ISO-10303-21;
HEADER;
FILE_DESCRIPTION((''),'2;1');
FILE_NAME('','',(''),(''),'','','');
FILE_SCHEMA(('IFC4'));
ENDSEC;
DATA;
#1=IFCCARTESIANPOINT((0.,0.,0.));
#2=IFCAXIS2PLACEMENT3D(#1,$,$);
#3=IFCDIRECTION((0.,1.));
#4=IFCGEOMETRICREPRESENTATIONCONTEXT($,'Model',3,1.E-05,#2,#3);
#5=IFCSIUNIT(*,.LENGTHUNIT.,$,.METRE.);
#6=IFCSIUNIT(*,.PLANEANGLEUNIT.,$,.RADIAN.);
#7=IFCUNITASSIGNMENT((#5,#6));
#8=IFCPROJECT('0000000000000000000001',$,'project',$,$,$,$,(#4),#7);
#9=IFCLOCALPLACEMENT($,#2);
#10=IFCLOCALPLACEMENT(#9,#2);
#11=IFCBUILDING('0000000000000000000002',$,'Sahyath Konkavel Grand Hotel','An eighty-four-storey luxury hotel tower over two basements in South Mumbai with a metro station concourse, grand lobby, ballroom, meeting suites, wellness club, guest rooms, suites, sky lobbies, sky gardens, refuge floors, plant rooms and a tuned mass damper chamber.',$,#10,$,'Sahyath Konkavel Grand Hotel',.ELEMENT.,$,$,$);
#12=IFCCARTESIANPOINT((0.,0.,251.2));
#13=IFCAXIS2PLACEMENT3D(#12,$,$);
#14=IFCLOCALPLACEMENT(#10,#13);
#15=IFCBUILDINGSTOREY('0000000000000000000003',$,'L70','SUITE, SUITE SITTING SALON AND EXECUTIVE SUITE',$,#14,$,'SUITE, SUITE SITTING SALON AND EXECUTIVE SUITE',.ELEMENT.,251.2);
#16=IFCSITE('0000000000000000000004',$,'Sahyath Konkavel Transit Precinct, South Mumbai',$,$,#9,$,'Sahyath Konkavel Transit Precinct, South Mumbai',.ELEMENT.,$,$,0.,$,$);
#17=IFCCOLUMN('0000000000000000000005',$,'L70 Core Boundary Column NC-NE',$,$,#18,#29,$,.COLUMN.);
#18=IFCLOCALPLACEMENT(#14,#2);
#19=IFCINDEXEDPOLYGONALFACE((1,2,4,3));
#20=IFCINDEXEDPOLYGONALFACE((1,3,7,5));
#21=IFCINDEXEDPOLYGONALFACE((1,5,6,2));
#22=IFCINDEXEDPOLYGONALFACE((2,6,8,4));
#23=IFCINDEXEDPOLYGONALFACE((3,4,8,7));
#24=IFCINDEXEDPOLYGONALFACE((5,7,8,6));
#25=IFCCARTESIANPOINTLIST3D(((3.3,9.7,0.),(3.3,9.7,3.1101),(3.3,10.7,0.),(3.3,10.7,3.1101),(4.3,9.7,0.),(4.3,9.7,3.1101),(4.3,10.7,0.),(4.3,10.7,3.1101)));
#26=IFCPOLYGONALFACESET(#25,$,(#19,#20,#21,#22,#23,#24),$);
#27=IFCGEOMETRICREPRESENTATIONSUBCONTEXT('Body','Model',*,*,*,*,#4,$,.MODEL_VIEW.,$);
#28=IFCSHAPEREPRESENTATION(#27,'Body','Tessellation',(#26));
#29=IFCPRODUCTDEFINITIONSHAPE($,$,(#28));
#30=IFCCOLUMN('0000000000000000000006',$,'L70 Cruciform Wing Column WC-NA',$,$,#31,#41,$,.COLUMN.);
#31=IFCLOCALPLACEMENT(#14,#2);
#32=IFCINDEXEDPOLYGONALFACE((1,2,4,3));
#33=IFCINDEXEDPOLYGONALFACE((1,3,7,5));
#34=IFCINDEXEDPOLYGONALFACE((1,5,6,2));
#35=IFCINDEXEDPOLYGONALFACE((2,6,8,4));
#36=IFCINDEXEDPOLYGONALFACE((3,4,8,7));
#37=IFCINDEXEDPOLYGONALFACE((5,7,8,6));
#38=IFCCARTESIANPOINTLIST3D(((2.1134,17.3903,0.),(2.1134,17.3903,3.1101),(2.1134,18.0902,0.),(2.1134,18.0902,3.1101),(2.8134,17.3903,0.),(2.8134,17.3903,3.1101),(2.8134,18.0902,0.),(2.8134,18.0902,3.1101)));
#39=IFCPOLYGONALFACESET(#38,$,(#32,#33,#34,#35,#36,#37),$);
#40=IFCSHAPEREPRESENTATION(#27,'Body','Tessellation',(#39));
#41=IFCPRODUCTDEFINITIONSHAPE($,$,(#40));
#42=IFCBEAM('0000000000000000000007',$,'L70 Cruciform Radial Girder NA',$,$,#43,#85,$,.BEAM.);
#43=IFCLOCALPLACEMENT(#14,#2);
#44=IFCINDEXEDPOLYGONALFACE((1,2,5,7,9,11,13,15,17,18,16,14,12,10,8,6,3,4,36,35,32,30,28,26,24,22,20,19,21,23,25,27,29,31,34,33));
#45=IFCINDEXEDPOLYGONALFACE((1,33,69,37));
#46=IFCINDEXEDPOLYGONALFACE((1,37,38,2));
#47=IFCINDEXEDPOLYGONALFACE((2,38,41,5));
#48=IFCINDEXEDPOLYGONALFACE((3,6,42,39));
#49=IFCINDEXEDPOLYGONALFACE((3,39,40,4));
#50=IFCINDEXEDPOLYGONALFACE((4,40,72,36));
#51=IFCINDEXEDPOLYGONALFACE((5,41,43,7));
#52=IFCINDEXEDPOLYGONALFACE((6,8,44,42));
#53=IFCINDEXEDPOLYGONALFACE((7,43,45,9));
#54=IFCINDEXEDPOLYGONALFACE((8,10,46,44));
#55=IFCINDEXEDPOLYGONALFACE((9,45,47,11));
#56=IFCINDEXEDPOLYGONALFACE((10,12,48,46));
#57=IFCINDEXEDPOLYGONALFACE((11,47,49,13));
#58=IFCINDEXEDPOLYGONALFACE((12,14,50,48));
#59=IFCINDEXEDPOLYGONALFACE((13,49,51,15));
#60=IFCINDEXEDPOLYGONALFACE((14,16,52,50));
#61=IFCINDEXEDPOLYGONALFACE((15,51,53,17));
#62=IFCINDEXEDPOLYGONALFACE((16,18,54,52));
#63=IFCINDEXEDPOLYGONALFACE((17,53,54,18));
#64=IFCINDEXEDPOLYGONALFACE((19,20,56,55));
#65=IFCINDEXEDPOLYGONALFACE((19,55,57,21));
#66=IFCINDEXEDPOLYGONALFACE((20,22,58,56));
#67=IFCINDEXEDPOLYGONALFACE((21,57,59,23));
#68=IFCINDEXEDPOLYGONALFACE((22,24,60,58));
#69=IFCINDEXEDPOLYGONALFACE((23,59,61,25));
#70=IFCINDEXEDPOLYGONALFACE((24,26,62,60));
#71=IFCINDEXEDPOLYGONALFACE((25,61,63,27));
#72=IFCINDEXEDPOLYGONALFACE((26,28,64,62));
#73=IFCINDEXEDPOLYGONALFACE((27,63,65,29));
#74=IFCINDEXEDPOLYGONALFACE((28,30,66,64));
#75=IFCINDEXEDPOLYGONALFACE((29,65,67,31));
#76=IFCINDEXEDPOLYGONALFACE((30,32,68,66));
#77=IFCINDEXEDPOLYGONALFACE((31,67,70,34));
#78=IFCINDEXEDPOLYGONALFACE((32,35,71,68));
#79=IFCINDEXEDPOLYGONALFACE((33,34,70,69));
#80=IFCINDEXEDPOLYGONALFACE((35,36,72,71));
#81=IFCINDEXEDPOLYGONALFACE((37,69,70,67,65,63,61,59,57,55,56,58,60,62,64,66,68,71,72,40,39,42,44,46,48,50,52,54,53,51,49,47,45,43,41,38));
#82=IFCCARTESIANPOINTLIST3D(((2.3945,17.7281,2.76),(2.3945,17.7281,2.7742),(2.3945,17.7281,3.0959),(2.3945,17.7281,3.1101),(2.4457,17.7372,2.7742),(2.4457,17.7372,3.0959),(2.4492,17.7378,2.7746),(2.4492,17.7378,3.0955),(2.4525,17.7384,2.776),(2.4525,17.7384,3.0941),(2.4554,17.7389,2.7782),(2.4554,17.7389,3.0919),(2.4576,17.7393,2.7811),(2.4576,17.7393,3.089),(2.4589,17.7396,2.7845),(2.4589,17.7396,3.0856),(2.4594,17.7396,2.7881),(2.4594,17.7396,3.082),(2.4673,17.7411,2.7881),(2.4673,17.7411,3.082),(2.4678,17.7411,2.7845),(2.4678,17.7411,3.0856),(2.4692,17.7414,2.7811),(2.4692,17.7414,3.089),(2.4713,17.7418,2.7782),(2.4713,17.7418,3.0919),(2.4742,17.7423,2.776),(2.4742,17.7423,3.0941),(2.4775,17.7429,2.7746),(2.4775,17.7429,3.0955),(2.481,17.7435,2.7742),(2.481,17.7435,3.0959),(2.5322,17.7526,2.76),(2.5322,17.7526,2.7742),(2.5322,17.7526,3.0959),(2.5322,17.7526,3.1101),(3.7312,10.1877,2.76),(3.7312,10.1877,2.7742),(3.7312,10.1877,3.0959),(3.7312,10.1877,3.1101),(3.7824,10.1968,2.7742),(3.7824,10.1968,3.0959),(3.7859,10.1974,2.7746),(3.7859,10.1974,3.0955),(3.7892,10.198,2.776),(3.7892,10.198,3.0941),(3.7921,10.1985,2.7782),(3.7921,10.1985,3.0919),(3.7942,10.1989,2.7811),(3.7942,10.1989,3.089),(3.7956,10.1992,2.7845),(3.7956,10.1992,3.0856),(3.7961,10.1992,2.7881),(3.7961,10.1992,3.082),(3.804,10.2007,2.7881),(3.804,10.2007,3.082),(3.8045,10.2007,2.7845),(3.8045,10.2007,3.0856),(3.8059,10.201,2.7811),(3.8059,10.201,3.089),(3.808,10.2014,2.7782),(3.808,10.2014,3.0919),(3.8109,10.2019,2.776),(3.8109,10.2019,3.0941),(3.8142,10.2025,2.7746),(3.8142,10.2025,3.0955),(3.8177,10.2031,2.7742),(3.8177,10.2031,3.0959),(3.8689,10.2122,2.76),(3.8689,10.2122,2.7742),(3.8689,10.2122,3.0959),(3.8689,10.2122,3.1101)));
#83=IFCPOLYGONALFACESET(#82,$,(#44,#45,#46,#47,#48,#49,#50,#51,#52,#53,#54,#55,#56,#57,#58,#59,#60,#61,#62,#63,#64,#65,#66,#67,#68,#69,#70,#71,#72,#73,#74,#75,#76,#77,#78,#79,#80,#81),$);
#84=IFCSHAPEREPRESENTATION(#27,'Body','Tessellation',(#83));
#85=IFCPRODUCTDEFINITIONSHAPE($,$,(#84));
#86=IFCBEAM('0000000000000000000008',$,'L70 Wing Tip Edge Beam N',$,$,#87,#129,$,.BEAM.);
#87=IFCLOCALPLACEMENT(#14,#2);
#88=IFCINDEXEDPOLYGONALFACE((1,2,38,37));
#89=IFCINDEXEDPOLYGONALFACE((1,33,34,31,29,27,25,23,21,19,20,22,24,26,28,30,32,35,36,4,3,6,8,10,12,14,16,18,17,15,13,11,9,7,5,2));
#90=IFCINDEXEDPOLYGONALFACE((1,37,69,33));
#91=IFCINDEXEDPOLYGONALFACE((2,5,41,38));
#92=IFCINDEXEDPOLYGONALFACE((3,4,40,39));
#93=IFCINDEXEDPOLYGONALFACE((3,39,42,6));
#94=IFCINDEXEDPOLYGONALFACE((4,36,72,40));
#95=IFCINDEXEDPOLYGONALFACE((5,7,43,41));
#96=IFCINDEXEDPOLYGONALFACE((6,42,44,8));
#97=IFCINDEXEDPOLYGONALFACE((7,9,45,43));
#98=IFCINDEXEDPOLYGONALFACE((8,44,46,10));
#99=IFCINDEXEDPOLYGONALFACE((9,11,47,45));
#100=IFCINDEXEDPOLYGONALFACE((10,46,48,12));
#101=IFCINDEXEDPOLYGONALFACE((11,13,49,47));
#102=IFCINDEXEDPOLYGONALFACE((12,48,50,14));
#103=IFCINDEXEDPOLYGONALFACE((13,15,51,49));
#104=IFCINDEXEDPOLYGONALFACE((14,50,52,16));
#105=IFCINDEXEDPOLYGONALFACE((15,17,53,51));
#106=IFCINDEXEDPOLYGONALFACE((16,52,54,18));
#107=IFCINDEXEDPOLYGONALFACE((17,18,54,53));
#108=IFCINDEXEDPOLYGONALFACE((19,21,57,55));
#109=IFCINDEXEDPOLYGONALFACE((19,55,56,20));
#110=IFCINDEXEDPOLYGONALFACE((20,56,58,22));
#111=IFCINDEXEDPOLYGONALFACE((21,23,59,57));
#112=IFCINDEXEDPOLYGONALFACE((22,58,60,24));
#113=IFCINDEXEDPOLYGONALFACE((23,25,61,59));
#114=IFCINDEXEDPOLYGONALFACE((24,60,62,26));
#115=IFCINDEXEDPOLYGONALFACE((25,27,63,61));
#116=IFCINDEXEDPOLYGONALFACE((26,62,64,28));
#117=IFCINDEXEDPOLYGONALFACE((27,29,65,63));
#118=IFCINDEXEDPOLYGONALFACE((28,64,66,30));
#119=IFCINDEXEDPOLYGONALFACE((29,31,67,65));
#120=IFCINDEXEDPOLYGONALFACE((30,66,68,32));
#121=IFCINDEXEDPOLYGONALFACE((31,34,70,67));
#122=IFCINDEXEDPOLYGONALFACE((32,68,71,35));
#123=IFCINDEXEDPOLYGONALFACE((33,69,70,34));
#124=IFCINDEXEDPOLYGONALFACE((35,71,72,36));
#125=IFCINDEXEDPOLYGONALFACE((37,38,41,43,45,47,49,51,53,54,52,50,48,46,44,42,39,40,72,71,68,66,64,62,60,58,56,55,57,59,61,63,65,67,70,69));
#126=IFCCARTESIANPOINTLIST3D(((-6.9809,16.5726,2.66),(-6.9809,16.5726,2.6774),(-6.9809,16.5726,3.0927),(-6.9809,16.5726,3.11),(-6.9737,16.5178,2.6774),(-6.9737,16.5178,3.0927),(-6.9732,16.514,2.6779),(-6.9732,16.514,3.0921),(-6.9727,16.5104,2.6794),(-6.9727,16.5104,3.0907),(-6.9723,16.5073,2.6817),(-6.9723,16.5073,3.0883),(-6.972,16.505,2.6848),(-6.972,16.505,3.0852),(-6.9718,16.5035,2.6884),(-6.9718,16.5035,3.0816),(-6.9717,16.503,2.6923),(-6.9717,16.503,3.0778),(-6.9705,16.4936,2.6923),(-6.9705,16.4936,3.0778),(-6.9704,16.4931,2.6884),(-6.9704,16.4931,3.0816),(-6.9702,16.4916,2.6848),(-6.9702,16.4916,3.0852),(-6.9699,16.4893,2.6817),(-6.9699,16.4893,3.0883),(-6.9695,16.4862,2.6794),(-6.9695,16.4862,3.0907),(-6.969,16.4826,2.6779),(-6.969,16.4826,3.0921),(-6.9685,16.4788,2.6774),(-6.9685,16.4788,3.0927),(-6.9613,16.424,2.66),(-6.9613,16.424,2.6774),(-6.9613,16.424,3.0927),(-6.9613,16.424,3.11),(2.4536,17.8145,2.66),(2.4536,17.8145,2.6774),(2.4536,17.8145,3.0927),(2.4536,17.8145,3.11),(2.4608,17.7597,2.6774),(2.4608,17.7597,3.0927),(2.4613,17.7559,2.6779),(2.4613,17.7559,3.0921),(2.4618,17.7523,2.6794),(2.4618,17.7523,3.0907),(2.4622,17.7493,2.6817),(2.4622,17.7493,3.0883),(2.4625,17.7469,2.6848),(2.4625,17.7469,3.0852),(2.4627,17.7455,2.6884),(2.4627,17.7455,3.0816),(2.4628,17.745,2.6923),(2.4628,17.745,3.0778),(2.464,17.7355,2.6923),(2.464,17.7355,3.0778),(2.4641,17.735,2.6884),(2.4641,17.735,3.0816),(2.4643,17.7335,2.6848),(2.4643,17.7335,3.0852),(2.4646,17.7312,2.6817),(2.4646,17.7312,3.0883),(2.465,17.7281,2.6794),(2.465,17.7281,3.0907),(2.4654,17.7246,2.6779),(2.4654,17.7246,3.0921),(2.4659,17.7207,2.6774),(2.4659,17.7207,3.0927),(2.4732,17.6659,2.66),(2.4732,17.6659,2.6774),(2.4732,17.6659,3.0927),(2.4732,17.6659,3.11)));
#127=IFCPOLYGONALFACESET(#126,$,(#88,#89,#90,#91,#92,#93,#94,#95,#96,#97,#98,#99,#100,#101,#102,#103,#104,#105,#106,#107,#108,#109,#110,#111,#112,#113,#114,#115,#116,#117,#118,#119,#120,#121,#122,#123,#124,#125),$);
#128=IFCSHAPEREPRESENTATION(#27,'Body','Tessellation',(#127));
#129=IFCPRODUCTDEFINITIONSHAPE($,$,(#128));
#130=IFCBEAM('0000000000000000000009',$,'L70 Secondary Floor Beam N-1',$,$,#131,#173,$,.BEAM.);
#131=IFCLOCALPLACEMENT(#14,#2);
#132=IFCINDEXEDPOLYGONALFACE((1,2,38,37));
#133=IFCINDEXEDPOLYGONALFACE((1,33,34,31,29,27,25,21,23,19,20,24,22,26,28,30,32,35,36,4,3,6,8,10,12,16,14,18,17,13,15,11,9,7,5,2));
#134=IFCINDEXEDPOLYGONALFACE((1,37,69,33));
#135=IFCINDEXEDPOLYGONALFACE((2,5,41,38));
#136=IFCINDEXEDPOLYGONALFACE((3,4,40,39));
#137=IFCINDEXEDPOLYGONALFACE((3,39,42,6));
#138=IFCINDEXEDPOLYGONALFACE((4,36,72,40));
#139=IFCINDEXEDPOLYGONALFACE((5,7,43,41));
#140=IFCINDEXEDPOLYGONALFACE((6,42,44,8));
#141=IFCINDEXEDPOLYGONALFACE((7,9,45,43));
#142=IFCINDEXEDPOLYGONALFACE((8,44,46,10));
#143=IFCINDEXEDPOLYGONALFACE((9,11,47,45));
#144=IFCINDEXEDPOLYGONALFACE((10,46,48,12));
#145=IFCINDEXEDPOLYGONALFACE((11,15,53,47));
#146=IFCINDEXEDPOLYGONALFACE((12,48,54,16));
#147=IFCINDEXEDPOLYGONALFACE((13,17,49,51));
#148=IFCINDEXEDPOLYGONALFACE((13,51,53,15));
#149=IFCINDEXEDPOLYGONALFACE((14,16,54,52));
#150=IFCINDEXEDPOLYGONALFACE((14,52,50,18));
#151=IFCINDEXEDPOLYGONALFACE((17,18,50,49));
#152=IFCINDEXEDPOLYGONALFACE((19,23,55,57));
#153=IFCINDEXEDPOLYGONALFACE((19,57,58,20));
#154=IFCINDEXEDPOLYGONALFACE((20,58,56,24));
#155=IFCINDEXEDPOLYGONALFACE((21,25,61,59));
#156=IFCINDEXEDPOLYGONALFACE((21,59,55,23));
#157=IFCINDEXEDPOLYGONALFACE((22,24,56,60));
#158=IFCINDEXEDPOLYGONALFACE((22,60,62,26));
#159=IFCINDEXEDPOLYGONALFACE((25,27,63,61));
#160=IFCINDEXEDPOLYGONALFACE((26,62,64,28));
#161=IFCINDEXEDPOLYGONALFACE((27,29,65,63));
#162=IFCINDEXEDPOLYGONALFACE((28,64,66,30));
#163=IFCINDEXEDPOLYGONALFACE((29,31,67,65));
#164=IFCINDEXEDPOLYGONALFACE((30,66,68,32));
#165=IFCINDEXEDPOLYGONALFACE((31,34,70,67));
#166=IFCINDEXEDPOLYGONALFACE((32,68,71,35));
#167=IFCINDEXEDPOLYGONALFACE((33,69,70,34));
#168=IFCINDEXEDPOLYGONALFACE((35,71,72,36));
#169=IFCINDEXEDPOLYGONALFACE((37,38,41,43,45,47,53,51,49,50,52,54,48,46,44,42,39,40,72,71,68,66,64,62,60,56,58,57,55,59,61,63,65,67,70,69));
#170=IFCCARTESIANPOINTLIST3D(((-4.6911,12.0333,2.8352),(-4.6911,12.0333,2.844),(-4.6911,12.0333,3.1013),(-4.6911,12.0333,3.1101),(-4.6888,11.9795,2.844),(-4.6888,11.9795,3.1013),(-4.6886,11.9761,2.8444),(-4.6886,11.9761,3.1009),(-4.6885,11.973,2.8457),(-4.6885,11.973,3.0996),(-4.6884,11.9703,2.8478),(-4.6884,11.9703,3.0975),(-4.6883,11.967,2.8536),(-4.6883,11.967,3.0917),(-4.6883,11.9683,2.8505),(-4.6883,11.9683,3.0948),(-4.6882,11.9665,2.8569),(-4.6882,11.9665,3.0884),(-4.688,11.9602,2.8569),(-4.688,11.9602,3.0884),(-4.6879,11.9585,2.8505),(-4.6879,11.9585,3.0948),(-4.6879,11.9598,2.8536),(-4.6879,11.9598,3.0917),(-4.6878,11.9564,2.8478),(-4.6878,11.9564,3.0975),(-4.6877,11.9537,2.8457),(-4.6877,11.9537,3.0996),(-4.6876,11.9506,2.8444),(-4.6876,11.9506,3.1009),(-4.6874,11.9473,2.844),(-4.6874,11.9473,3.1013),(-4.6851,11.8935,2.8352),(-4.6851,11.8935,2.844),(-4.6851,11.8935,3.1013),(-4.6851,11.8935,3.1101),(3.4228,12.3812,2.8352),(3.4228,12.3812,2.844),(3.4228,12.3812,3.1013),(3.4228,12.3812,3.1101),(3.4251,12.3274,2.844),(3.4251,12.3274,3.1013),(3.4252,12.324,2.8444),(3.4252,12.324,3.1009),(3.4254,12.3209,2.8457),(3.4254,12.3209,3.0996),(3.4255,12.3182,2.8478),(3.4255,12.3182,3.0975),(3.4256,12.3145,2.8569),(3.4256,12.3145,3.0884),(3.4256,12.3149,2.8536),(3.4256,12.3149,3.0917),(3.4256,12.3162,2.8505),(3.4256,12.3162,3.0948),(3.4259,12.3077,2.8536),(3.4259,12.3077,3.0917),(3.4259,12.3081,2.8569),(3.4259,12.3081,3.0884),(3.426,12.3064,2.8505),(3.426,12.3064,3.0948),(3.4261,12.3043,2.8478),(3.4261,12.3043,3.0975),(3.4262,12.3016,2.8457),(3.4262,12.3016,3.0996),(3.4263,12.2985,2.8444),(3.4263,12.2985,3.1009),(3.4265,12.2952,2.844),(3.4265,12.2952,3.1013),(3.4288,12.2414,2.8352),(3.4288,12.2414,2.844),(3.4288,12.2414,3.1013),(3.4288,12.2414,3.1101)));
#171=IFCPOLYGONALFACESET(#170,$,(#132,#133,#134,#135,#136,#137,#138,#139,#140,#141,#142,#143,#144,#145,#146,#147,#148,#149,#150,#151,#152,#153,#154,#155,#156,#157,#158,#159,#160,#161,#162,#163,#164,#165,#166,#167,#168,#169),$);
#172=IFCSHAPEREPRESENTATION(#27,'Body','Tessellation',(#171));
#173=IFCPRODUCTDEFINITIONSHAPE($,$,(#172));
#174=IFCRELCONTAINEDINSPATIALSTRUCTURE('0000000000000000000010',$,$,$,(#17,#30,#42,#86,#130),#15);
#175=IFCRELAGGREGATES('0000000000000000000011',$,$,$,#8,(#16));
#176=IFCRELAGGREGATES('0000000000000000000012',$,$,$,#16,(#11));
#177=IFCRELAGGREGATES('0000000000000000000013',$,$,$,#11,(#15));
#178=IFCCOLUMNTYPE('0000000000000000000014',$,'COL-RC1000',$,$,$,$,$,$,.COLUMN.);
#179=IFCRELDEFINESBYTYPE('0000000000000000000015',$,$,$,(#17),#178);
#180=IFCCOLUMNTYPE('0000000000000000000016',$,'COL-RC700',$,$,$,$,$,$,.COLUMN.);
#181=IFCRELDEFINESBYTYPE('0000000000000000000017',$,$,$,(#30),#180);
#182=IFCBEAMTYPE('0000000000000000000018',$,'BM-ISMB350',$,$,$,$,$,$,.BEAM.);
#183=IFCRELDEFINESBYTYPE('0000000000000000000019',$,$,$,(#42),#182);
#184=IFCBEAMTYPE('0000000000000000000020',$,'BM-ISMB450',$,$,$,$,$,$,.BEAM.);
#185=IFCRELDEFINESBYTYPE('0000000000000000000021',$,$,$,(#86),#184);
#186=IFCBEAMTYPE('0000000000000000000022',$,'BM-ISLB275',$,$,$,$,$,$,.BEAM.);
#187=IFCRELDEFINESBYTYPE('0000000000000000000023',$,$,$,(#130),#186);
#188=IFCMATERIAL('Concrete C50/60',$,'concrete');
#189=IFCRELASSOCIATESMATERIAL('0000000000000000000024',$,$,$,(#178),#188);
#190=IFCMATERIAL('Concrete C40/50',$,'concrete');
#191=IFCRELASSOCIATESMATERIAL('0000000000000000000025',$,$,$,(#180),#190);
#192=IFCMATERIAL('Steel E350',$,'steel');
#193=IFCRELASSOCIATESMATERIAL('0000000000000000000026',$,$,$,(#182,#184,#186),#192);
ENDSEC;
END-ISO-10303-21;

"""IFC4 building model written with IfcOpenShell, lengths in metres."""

from ifc_helpers import new_model, si_unit, direction, frame, origin, origin_2d, place, context, subcontext, project, spatial, rectangle, i_section, extrude, source, transform, mapped, material, material_profile, profile_set, type_object, element, save


model = new_model("IFC4")

# Units and contexts
model_context = context("Model", 3, precision=1e-05, world=origin(), true_north=direction((0.0, 1.0)))
body_context = subcontext(model_context, "Body", "Model", "MODEL_VIEW")
ifc_project = project(units=[si_unit("LENGTHUNIT", "METRE"), si_unit("PLANEANGLEUNIT", "RADIAN")], contexts=[model_context])

# Site, building, storey
site_placement = place(None, origin())
site = spatial("IfcSite", under=ifc_project, at=site_placement, Name="Sahyath Konkavel Transit Precinct, South Mumbai", LongName="Sahyath Konkavel Transit Precinct, South Mumbai", CompositionType="ELEMENT", RefElevation=0.0)
building_placement = place(site_placement, origin())
building = spatial("IfcBuilding", under=site, at=building_placement, Name="Sahyath Konkavel Grand Hotel", Description="An eighty-four-storey luxury hotel tower over two basements in South Mumbai with a metro station concourse, grand lobby, ballroom, meeting suites, wellness club, guest rooms, suites, sky lobbies, sky gardens, refuge floors, plant rooms and a tuned mass damper chamber.", LongName="Sahyath Konkavel Grand Hotel", CompositionType="ELEMENT")
storey_placement = place(building_placement, frame((0.0, 0.0, 251.2)))
storey = spatial("IfcBuildingStorey", under=building, at=storey_placement, Name="L70", Description="SUITE, SUITE SITTING SALON AND EXECUTIVE SUITE", LongName="SUITE, SUITE SITTING SALON AND EXECUTIVE SUITE", CompositionType="ELEMENT", Elevation=251.2)

# Columns
ifc_material_1 = material(Name="Concrete C50/60", Category="concrete")
ifc_material_profile_1 = material_profile(ifc_material_1, rectangle(XDim=1.0, YDim=1.0, at=origin_2d()), Name="RC 1000x1000")
ifc_profile_set_1 = profile_set([ifc_material_profile_1], Name="Concrete C50/60")
column_type_1 = type_object("IfcColumnType", Name="COL-RC1000", PredefinedType="COLUMN", material=ifc_profile_set_1)
shared_shape_1 = source(origin(), body_context, "Body", "SweptSolid", [
    extrude(rectangle(XDim=1.0, YDim=1.0, at=origin_2d()), origin(), (0.0, 0.0, 1.0), 3.1101),
])
column_1_placement = place(storey_placement, frame((3.8, 10.2, 0.0), z_axis=(0.0, 0.0, 1.0), x_axis=(1.0, 0.0, 0.0)))
element("IfcColumn", 1, at=column_1_placement, inside=storey, type_object=column_type_1, Name="L70 Core Boundary Column NC-NE", PredefinedType="COLUMN", context=body_context, shape_type="MappedRepresentation", body=[
    mapped(shared_shape_1, transform((0.0, 0.0, 0.0), scale=1.0)),
])
ifc_material_2 = material(Name="Concrete C40/50", Category="concrete")
ifc_material_profile_2 = material_profile(ifc_material_2, rectangle(XDim=0.7, YDim=0.7, at=origin_2d()), Name="RC 700x700")
ifc_profile_set_2 = profile_set([ifc_material_profile_2], Name="Concrete C40/50")
column_type_2 = type_object("IfcColumnType", Name="COL-RC700", PredefinedType="COLUMN", material=ifc_profile_set_2)
shared_shape_2 = source(origin(), body_context, "Body", "SweptSolid", [
    extrude(rectangle(XDim=0.7, YDim=0.7, at=origin_2d()), origin(), (0.0, 0.0, 1.0), 3.1101),
])
column_2_placement = place(storey_placement, frame((2.4634, 17.7402, 0.0), z_axis=(0.0, 0.0, 1.0), x_axis=(1.0, 0.0, 0.0)))
element("IfcColumn", 2, at=column_2_placement, inside=storey, type_object=column_type_2, Name="L70 Cruciform Wing Column WC-NA", PredefinedType="COLUMN", context=body_context, shape_type="MappedRepresentation", body=[
    mapped(shared_shape_2, transform((0.0, 0.0, 0.0), scale=1.0)),
])

# Beams
ifc_material_3 = material(Name="Steel E350", Category="steel")
ifc_material_profile_3 = material_profile(ifc_material_3, i_section(OverallWidth=0.1399, OverallDepth=0.3501, WebThickness=0.0081, FlangeThickness=0.0142, FilletRadius=0.0139, at=origin_2d()), Name="ISMB 350")
ifc_profile_set_3 = profile_set([ifc_material_profile_3], Name="Steel E350")
beam_type_1 = type_object("IfcBeamType", Name="BM-ISMB350", PredefinedType="BEAM", material=ifc_profile_set_3)
shared_shape_3 = source(origin(), body_context, "Body", "SweptSolid", [
    extrude(i_section(OverallWidth=0.1399, OverallDepth=0.3501, WebThickness=0.0081, FlangeThickness=0.0142, FilletRadius=0.0139, at=origin_2d()), origin(), (0.0, 0.0, 1.0), 7.658),
])
beam_1_placement = place(storey_placement, frame((3.8, 10.2, 2.9351), z_axis=(-0.174549, 0.984648, 0.0), x_axis=(-0.984648, -0.174549, 0.0)))
element("IfcBeam", 3, at=beam_1_placement, inside=storey, type_object=beam_type_1, Name="L70 Cruciform Radial Girder NA", PredefinedType="BEAM", context=body_context, shape_type="MappedRepresentation", body=[
    mapped(shared_shape_3, transform((0.0, 0.0, 0.0), scale=1.0)),
])
ifc_material_profile_4 = material_profile(ifc_material_3, i_section(OverallWidth=0.1499, OverallDepth=0.45, WebThickness=0.0095, FlangeThickness=0.0173, FilletRadius=0.0149, at=origin_2d()), Name="ISMB 450")
ifc_profile_set_4 = profile_set([ifc_material_profile_4], Name="Steel E350")
beam_type_2 = type_object("IfcBeamType", Name="BM-ISMB450", PredefinedType="BEAM", material=ifc_profile_set_4)
shared_shape_4 = source(origin(), body_context, "Body", "SweptSolid", [
    extrude(i_section(OverallWidth=0.1499, OverallDepth=0.45, WebThickness=0.0095, FlangeThickness=0.0173, FilletRadius=0.0149, at=origin_2d()), origin(), (0.0, 0.0, 1.0), 9.5159),
])
beam_2_placement = place(storey_placement, frame((2.4634, 17.7402, 2.885), z_axis=(-0.991447, -0.130512, 0.0), x_axis=(0.130512, -0.991447, 0.0)))
element("IfcBeam", 4, at=beam_2_placement, inside=storey, type_object=beam_type_2, Name="L70 Wing Tip Edge Beam N", PredefinedType="BEAM", context=body_context, shape_type="MappedRepresentation", body=[
    mapped(shared_shape_4, transform((0.0, 0.0, 0.0), scale=1.0)),
])
ifc_material_profile_5 = material_profile(ifc_material_3, i_section(OverallWidth=0.1399, OverallDepth=0.2749, WebThickness=0.0063, FlangeThickness=0.0088, FilletRadius=0.0129, at=origin_2d()), Name="ISLB 275")
ifc_profile_set_5 = profile_set([ifc_material_profile_5], Name="Steel E350")
beam_type_3 = type_object("IfcBeamType", Name="BM-ISLB275", PredefinedType="BEAM", material=ifc_profile_set_5)
shared_shape_5 = source(origin(), body_context, "Body", "SweptSolid", [
    extrude(i_section(OverallWidth=0.1399, OverallDepth=0.2749, WebThickness=0.0063, FlangeThickness=0.0088, FilletRadius=0.0129, at=origin_2d()), origin(), (0.0, 0.0, 1.0), 8.1213),
])
beam_3_placement = place(storey_placement, frame((3.4258, 12.3113, 2.9727), z_axis=(-0.999082, -0.042838, 0.0), x_axis=(0.042838, -0.999082, 0.0)))
element("IfcBeam", 5, at=beam_3_placement, inside=storey, type_object=beam_type_3, Name="L70 Secondary Floor Beam N-1", PredefinedType="BEAM", context=body_context, shape_type="MappedRepresentation", body=[
    mapped(shared_shape_5, transform((0.0, 0.0, 0.0), scale=1.0)),
])

save(model, "model.ifc")
